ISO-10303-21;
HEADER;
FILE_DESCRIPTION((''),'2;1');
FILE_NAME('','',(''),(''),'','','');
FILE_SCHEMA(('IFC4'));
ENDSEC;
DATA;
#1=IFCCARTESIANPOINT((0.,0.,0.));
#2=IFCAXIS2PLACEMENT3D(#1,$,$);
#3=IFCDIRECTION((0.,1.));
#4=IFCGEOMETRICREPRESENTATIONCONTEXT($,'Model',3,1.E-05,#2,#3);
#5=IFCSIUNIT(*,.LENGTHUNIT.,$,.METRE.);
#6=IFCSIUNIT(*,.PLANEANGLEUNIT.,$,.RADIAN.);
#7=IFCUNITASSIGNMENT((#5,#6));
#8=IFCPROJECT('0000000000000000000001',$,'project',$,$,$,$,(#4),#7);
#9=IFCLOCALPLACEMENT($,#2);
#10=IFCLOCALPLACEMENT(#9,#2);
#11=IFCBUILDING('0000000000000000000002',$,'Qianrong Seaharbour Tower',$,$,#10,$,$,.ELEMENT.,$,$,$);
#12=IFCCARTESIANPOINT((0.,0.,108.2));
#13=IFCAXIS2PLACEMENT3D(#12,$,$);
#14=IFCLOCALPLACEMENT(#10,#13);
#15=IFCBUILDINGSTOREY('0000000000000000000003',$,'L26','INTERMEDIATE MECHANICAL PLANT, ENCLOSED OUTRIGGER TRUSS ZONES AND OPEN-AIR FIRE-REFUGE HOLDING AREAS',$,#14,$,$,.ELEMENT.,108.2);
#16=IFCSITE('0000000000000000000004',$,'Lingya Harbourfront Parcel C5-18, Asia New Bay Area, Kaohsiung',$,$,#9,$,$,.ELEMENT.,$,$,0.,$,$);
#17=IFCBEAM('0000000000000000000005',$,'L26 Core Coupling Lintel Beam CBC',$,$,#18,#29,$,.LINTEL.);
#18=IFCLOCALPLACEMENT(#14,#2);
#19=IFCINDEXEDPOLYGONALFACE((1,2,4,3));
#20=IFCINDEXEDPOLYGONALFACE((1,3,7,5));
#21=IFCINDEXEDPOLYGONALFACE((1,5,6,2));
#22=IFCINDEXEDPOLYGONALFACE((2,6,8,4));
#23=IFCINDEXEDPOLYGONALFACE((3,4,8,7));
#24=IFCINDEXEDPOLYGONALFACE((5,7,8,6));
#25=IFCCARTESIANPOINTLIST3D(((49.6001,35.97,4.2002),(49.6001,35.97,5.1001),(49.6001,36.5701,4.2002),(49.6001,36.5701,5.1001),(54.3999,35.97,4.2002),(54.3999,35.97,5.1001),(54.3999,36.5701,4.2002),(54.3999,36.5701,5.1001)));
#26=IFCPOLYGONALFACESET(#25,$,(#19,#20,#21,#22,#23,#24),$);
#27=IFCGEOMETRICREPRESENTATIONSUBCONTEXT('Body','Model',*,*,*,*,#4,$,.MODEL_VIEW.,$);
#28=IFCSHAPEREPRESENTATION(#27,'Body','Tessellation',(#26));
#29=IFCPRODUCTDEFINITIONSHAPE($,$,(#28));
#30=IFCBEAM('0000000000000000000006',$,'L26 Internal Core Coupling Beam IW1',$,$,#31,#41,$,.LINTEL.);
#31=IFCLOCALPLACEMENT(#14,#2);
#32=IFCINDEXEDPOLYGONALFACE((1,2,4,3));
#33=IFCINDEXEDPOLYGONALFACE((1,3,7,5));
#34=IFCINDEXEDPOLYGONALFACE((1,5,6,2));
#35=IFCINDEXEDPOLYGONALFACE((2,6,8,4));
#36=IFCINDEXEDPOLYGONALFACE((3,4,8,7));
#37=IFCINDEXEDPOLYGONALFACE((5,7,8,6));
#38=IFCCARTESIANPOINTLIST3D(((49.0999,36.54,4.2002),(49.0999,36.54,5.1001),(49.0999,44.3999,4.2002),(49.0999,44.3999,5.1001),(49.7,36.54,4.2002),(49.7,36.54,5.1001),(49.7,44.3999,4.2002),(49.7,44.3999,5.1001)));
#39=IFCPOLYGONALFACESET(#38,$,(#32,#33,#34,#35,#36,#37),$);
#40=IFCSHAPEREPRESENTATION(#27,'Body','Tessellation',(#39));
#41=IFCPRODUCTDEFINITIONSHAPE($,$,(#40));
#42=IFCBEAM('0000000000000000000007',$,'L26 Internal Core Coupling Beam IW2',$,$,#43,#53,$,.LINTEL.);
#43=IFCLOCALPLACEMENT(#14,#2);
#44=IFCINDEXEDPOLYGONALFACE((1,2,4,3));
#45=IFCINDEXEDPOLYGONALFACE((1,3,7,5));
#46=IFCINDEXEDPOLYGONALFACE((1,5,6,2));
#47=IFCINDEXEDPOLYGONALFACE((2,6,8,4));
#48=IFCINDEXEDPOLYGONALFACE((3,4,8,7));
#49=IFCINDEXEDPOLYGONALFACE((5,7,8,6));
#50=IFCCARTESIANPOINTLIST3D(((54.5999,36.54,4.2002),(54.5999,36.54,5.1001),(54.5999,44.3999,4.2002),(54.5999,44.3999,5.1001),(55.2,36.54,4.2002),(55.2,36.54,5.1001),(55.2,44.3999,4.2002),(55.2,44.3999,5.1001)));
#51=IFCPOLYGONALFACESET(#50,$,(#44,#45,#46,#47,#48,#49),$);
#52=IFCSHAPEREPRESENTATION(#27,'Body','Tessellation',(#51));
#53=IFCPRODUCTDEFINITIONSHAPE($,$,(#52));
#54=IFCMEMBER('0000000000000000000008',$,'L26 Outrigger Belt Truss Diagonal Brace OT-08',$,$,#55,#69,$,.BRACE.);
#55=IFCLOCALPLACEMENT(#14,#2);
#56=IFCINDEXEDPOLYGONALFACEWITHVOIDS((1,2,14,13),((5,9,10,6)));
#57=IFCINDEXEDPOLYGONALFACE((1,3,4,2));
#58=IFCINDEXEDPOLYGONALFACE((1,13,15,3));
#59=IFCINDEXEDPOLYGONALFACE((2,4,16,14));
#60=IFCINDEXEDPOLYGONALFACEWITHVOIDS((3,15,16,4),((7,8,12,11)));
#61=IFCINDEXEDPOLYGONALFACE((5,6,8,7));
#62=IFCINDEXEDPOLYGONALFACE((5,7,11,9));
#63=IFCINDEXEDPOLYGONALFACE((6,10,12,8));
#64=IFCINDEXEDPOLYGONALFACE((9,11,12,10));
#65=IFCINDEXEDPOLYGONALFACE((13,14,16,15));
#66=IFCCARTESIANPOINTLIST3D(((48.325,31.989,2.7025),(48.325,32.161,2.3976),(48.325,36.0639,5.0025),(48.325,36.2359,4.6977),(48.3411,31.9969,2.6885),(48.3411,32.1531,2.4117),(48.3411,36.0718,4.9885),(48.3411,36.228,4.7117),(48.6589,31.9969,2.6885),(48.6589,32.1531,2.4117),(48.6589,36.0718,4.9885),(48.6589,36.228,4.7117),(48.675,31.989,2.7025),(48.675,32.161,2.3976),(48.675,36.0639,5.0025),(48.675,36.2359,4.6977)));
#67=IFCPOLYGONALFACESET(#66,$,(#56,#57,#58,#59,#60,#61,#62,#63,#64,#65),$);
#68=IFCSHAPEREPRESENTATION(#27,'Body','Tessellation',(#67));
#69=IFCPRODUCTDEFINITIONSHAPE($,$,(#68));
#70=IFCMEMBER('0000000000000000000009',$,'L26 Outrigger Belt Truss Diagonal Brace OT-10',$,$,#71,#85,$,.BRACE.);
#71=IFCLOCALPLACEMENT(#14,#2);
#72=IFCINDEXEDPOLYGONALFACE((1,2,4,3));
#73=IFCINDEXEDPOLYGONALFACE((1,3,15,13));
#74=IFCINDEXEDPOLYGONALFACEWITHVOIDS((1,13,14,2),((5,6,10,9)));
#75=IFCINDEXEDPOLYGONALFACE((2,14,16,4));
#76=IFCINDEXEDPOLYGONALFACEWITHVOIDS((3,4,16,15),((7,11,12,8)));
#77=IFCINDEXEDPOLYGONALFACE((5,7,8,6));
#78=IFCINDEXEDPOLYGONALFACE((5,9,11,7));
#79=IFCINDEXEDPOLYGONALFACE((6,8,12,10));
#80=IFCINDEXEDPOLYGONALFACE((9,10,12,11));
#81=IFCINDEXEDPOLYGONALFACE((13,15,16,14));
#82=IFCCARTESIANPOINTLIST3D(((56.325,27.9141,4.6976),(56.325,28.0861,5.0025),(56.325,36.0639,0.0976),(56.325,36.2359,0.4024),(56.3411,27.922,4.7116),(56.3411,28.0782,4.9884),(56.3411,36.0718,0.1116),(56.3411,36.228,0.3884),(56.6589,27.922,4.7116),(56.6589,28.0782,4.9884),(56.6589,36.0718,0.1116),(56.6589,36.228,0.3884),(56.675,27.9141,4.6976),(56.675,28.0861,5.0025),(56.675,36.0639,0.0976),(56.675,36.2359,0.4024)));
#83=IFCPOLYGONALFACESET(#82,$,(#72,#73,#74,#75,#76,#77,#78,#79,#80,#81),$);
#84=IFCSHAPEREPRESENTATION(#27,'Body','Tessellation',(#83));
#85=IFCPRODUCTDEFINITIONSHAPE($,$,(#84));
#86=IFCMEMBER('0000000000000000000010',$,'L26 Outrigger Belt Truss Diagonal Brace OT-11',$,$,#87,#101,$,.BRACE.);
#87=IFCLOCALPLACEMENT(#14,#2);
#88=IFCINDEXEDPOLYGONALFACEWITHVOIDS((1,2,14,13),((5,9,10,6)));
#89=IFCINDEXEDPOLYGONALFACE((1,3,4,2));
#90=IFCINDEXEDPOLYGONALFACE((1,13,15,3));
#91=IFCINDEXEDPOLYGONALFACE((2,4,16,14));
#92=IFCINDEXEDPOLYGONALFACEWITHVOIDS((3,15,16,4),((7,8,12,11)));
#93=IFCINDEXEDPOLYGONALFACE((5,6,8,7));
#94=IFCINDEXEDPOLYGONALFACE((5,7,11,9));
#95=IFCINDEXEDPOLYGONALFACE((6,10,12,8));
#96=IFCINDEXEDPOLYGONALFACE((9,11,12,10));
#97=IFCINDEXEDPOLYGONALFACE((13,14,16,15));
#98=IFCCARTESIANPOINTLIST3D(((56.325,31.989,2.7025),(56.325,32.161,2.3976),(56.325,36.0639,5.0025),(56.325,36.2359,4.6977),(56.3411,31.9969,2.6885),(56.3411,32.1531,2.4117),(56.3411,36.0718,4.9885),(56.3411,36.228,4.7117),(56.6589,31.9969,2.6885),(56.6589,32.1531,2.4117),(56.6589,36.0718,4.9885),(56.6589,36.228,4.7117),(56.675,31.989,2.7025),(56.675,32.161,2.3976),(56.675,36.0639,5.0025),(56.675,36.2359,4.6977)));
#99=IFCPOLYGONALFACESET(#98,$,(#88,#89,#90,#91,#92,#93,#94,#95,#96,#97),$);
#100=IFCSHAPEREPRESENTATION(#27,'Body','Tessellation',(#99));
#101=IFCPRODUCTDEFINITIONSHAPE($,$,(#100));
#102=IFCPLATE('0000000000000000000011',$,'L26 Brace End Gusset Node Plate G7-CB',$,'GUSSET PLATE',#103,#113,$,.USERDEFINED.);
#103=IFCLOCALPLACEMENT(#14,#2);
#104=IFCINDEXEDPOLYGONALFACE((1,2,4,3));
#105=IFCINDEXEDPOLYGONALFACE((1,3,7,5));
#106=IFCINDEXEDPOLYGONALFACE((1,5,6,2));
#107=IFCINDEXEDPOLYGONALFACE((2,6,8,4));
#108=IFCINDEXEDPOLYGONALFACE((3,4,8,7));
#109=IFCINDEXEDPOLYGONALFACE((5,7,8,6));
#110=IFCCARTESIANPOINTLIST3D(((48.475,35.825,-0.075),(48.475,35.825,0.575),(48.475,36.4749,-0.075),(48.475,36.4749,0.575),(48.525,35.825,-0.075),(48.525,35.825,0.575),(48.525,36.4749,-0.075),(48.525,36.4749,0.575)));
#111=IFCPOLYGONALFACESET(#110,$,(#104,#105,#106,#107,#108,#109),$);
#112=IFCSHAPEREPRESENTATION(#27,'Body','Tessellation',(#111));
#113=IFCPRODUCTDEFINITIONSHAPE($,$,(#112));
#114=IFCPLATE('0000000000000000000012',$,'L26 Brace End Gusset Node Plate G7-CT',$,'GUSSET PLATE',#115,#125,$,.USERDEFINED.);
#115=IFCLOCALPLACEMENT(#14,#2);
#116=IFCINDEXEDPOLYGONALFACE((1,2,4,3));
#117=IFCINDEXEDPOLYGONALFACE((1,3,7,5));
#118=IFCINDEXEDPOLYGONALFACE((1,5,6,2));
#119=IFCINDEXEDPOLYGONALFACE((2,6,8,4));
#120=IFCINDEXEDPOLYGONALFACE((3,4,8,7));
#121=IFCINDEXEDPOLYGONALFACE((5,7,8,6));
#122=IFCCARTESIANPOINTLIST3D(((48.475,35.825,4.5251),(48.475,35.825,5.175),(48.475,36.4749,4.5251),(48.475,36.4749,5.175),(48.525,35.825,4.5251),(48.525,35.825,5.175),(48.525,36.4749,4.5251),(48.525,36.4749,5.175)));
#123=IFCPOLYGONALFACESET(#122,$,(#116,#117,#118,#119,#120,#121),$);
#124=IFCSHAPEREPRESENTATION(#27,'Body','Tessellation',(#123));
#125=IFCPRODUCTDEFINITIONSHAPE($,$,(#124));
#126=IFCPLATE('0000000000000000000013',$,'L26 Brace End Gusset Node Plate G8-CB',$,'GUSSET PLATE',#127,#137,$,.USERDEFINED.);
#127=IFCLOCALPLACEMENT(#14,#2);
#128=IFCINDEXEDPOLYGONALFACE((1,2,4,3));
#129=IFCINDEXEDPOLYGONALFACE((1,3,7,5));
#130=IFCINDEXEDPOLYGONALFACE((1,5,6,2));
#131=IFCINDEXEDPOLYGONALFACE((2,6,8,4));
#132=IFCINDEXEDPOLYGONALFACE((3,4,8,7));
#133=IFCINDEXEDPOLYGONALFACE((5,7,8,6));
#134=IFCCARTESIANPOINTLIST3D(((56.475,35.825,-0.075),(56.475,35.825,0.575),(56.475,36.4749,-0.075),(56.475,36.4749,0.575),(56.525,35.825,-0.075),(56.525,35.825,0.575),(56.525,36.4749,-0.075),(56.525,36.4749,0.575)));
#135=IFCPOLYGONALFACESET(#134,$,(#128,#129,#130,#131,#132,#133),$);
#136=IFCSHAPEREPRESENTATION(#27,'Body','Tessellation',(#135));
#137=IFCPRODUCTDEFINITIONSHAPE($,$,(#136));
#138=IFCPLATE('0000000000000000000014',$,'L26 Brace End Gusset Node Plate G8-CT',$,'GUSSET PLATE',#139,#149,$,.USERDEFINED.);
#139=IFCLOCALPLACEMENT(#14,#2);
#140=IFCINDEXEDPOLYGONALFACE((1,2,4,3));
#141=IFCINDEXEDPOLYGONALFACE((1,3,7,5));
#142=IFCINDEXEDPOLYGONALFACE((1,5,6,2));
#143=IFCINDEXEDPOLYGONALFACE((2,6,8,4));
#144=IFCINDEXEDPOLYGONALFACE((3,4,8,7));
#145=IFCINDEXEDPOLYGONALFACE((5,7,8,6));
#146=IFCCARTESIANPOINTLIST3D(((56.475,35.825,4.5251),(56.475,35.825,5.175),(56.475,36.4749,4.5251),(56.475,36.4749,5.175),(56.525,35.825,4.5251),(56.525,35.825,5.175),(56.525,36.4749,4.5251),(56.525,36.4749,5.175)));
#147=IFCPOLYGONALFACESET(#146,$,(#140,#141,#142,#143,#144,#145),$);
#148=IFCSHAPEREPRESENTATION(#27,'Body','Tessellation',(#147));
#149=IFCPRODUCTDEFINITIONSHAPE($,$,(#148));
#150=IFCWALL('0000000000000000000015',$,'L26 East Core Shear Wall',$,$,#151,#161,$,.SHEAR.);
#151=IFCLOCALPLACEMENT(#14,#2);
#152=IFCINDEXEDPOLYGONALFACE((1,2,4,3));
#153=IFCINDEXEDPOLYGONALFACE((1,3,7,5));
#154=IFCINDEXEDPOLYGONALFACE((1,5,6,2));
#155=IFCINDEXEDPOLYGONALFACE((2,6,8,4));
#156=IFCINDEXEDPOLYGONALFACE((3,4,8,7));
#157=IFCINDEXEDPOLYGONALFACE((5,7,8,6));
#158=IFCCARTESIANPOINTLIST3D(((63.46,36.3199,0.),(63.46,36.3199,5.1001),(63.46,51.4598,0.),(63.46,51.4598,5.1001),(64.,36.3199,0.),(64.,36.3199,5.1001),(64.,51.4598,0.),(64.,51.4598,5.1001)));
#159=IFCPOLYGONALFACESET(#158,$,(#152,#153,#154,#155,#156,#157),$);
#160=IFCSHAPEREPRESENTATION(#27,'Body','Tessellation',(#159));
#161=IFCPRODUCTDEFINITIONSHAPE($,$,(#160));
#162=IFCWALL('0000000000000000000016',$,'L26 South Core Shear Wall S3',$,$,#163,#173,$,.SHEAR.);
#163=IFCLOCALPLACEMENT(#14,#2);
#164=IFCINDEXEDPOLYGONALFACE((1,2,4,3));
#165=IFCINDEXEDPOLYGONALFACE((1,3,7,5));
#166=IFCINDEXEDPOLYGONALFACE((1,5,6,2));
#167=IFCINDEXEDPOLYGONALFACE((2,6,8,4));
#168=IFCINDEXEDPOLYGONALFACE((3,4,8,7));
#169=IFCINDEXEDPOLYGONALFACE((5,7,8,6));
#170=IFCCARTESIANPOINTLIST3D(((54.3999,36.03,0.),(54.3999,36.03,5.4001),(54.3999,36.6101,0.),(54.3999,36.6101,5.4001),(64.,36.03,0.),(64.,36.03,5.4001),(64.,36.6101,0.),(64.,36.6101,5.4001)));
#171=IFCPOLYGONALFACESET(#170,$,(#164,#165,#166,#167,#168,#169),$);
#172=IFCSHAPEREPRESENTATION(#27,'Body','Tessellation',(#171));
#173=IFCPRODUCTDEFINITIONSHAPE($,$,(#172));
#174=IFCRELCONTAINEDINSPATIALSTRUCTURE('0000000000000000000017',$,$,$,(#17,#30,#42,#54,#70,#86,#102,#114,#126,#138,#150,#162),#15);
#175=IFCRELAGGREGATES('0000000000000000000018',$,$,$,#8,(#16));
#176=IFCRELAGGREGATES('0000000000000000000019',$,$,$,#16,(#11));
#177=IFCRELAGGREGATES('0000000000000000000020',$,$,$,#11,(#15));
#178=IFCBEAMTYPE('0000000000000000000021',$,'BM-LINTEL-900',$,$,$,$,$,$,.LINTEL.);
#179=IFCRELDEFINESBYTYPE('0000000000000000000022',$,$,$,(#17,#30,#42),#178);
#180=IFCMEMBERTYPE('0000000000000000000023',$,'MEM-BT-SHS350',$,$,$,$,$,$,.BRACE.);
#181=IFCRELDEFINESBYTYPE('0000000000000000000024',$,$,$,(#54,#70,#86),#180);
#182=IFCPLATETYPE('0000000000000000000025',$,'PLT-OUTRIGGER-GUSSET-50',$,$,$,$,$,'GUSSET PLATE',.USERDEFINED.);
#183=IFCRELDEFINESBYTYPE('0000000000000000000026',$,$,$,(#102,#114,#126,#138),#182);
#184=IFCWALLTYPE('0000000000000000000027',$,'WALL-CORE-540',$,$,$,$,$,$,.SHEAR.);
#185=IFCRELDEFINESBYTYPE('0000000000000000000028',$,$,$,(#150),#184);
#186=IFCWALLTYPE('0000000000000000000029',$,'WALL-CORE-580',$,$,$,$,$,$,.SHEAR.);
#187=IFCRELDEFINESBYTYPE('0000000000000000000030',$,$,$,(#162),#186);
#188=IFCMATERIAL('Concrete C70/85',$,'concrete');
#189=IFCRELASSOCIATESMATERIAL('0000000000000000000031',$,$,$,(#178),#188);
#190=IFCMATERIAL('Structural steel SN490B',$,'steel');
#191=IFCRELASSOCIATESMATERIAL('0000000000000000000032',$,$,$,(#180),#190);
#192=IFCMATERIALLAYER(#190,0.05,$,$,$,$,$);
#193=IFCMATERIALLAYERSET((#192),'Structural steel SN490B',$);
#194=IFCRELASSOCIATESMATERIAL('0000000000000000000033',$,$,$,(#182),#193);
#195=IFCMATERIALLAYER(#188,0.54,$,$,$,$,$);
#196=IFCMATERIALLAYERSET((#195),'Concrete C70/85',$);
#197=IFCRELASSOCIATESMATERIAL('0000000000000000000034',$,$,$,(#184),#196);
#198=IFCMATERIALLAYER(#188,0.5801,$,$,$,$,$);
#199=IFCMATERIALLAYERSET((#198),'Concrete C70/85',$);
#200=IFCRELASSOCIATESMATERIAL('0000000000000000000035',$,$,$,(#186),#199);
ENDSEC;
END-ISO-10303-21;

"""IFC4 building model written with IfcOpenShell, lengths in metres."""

from ifc_helpers import new_model, si_unit, direction, frame, frame_2d, origin, origin_2d, place, context, subcontext, project, spatial, rectangle, hollow_rectangle, extrude, material, layer, layer_set, material_profile, profile_set, type_object, element, save


model = new_model("IFC4")

# Units and contexts
model_context = context("Model", 3, precision=1e-05, world=origin(), true_north=direction((0.0, 1.0)))
body_context = subcontext(model_context, "Body", "Model", "MODEL_VIEW")
ifc_project = project(units=[si_unit("LENGTHUNIT", "METRE"), si_unit("PLANEANGLEUNIT", "RADIAN")], contexts=[model_context])

# Site, building, storey
site_placement = place(None, origin())
site = spatial("IfcSite", under=ifc_project, at=site_placement, Name="Lingya Harbourfront Parcel C5-18, Asia New Bay Area, Kaohsiung", CompositionType="ELEMENT", RefElevation=0.0)
building_placement = place(site_placement, origin())
building = spatial("IfcBuilding", under=site, at=building_placement, Name="Qianrong Seaharbour Tower", CompositionType="ELEMENT")
storey_placement = place(building_placement, frame((0.0, 0.0, 108.2)))
storey = spatial("IfcBuildingStorey", under=building, at=storey_placement, Name="L26", Description="INTERMEDIATE MECHANICAL PLANT, ENCLOSED OUTRIGGER TRUSS ZONES AND OPEN-AIR FIRE-REFUGE HOLDING AREAS", CompositionType="ELEMENT", Elevation=108.2)

# Beams
ifc_material_1 = material(Name="Concrete C70/85", Category="concrete")
ifc_material_profile_1 = material_profile(ifc_material_1, rectangle(XDim=0.6001, YDim=0.8999, at=origin_2d()), Name="RC600x900")
ifc_profile_set_1 = profile_set([ifc_material_profile_1], Name="Concrete C70/85")
beam_type = type_object("IfcBeamType", Name="BM-LINTEL-900", PredefinedType="LINTEL", material=ifc_profile_set_1)
beam_placement = place(storey_placement, frame((49.6001, 36.27, 4.6501), z_axis=(1.0, 0.0, 0.0), x_axis=(0.0, 1.0, 0.0)))
element("IfcBeam", 1, at=beam_placement, inside=storey, type_object=beam_type, Name="L26 Core Coupling Lintel Beam CBC", PredefinedType="LINTEL", context=body_context, shape_type="SweptSolid", body=[
    extrude(rectangle(XDim=0.6001, YDim=0.8999, at=origin_2d()), origin(), (0.0, 0.0, 1.0), 4.7998),
])
for number, where, z_axis, x_axis, name in (
    (2, (49.3999, 36.54, 4.6501), (0.0, 1.0, 0.0), (-1.0, 0.0, 0.0), "L26 Internal Core Coupling Beam IW1"),
    (3, (54.8999, 36.54, 4.6501), (0.0, 1.0, 0.0), (-1.0, 0.0, 0.0), "L26 Internal Core Coupling Beam IW2"),
):
    element("IfcBeam", number, at=place(storey_placement, frame(where, z_axis=z_axis, x_axis=x_axis)), inside=storey, type_object=beam_type, Name=name, PredefinedType="LINTEL", context=body_context, shape_type="SweptSolid", body=[
        extrude(rectangle(XDim=0.6001, YDim=0.8999, at=origin_2d()), origin(), (0.0, 0.0, 1.0), 7.8599),
    ])

# Members
ifc_material_2 = material(Name="Structural steel SN490B", Category="steel")
ifc_material_profile_2 = material_profile(ifc_material_2, hollow_rectangle(XDim=0.3501, YDim=0.3501, WallThickness=0.0161, at=origin_2d()), Name="SHS350x350x16")
ifc_profile_set_2 = profile_set([ifc_material_profile_2], Name="Structural steel SN490B")
member_type = type_object("IfcMemberType", Name="MEM-BT-SHS350", PredefinedType="BRACE", material=ifc_profile_set_2)
member_1_placement = place(storey_placement, frame((48.5, 36.1499, 4.8501), z_axis=(0.0, -0.870854, -0.491541), x_axis=(1.0, 0.0, 0.0)))
element("IfcMember", 4, at=member_1_placement, inside=storey, type_object=member_type, Name="L26 Outrigger Belt Truss Diagonal Brace OT-08", PredefinedType="BRACE", context=body_context, shape_type="SweptSolid", body=[
    extrude(hollow_rectangle(XDim=0.3501, YDim=0.3501, WallThickness=0.0161, at=origin_2d()), origin(), (0.0, 0.0, 1.0), 4.6792),
])
member_2_placement = place(storey_placement, frame((56.5, 36.1499, 0.25), z_axis=(0.0, -0.870854, 0.491541), x_axis=(1.0, 0.0, 0.0)))
element("IfcMember", 5, at=member_2_placement, inside=storey, type_object=member_type, Name="L26 Outrigger Belt Truss Diagonal Brace OT-10", PredefinedType="BRACE", context=body_context, shape_type="SweptSolid", body=[
    extrude(hollow_rectangle(XDim=0.3501, YDim=0.3501, WallThickness=0.0161, at=origin_2d()), origin(), (0.0, 0.0, 1.0), 9.3584),
])
member_3_placement = place(storey_placement, frame((56.5, 36.1499, 4.8501), z_axis=(0.0, -0.870854, -0.491541), x_axis=(1.0, 0.0, 0.0)))
element("IfcMember", 6, at=member_3_placement, inside=storey, type_object=member_type, Name="L26 Outrigger Belt Truss Diagonal Brace OT-11", PredefinedType="BRACE", context=body_context, shape_type="SweptSolid", body=[
    extrude(hollow_rectangle(XDim=0.3501, YDim=0.3501, WallThickness=0.0161, at=origin_2d()), origin(), (0.0, 0.0, 1.0), 4.6792),
])

# Plates
ifc_layer_1 = layer(ifc_material_2, 0.05)
ifc_layer_set_1 = layer_set([ifc_layer_1], Name="Structural steel SN490B")
plate_type = type_object("IfcPlateType", Name="PLT-OUTRIGGER-GUSSET-50", ElementType="GUSSET PLATE", PredefinedType="USERDEFINED", material=ifc_layer_set_1)
for number, where, z_axis, x_axis, name in (
    (7, (48.5, 36.1499, -0.075), (0.0, 0.0, 1.0), (1.0, 0.0, 0.0), "L26 Brace End Gusset Node Plate G7-CB"),
    (8, (48.5, 36.1499, 4.5251), (0.0, 0.0, 1.0), (1.0, 0.0, 0.0), "L26 Brace End Gusset Node Plate G7-CT"),
    (9, (56.5, 36.1499, -0.075), (0.0, 0.0, 1.0), (1.0, 0.0, 0.0), "L26 Brace End Gusset Node Plate G8-CB"),
    (10, (56.5, 36.1499, 4.5251), (0.0, 0.0, 1.0), (1.0, 0.0, 0.0), "L26 Brace End Gusset Node Plate G8-CT"),
):
    element("IfcPlate", number, at=place(storey_placement, frame(where, z_axis=z_axis, x_axis=x_axis)), inside=storey, type_object=plate_type, Name=name, ObjectType="GUSSET PLATE", PredefinedType="USERDEFINED", context=body_context, shape_type="SweptSolid", body=[
        extrude(rectangle(XDim=0.05, YDim=0.6499, at=origin_2d()), origin(), (0.0, 0.0, 1.0), 0.6499),
    ])

# Walls
ifc_layer_2 = layer(ifc_material_1, 0.54)
ifc_layer_set_2 = layer_set([ifc_layer_2], Name="Concrete C70/85")
wall_type_1 = type_object("IfcWallType", Name="WALL-CORE-540", PredefinedType="SHEAR", material=ifc_layer_set_2)
wall_1_placement = place(storey_placement, frame((63.73, 36.3201, 0.0), z_axis=(0.0, 0.0, 1.0), x_axis=(0.0, 1.0, 0.0)))
element("IfcWall", 11, at=wall_1_placement, inside=storey, type_object=wall_type_1, Name="L26 East Core Shear Wall", PredefinedType="SHEAR", context=body_context, shape_type="SweptSolid", body=[
    extrude(rectangle(XDim=15.1399, YDim=0.54, at=frame_2d((7.5698, 0.0))), origin(), (0.0, 0.0, 1.0), 5.1001),
])
ifc_layer_3 = layer(ifc_material_1, 0.5801)
ifc_layer_set_3 = layer_set([ifc_layer_3], Name="Concrete C70/85")
wall_type_2 = type_object("IfcWallType", Name="WALL-CORE-580", PredefinedType="SHEAR", material=ifc_layer_set_3)
wall_2_placement = place(storey_placement, frame((54.3999, 36.3201, 0.0), z_axis=(0.0, 0.0, 1.0), x_axis=(1.0, 0.0, 0.0)))
element("IfcWall", 12, at=wall_2_placement, inside=storey, type_object=wall_type_2, Name="L26 South Core Shear Wall S3", PredefinedType="SHEAR", context=body_context, shape_type="SweptSolid", body=[
    extrude(rectangle(XDim=9.6001, YDim=0.5801, at=frame_2d((4.8, 0.0))), origin(), (0.0, 0.0, 1.0), 5.4001),
])

save(model, "model.ifc")
